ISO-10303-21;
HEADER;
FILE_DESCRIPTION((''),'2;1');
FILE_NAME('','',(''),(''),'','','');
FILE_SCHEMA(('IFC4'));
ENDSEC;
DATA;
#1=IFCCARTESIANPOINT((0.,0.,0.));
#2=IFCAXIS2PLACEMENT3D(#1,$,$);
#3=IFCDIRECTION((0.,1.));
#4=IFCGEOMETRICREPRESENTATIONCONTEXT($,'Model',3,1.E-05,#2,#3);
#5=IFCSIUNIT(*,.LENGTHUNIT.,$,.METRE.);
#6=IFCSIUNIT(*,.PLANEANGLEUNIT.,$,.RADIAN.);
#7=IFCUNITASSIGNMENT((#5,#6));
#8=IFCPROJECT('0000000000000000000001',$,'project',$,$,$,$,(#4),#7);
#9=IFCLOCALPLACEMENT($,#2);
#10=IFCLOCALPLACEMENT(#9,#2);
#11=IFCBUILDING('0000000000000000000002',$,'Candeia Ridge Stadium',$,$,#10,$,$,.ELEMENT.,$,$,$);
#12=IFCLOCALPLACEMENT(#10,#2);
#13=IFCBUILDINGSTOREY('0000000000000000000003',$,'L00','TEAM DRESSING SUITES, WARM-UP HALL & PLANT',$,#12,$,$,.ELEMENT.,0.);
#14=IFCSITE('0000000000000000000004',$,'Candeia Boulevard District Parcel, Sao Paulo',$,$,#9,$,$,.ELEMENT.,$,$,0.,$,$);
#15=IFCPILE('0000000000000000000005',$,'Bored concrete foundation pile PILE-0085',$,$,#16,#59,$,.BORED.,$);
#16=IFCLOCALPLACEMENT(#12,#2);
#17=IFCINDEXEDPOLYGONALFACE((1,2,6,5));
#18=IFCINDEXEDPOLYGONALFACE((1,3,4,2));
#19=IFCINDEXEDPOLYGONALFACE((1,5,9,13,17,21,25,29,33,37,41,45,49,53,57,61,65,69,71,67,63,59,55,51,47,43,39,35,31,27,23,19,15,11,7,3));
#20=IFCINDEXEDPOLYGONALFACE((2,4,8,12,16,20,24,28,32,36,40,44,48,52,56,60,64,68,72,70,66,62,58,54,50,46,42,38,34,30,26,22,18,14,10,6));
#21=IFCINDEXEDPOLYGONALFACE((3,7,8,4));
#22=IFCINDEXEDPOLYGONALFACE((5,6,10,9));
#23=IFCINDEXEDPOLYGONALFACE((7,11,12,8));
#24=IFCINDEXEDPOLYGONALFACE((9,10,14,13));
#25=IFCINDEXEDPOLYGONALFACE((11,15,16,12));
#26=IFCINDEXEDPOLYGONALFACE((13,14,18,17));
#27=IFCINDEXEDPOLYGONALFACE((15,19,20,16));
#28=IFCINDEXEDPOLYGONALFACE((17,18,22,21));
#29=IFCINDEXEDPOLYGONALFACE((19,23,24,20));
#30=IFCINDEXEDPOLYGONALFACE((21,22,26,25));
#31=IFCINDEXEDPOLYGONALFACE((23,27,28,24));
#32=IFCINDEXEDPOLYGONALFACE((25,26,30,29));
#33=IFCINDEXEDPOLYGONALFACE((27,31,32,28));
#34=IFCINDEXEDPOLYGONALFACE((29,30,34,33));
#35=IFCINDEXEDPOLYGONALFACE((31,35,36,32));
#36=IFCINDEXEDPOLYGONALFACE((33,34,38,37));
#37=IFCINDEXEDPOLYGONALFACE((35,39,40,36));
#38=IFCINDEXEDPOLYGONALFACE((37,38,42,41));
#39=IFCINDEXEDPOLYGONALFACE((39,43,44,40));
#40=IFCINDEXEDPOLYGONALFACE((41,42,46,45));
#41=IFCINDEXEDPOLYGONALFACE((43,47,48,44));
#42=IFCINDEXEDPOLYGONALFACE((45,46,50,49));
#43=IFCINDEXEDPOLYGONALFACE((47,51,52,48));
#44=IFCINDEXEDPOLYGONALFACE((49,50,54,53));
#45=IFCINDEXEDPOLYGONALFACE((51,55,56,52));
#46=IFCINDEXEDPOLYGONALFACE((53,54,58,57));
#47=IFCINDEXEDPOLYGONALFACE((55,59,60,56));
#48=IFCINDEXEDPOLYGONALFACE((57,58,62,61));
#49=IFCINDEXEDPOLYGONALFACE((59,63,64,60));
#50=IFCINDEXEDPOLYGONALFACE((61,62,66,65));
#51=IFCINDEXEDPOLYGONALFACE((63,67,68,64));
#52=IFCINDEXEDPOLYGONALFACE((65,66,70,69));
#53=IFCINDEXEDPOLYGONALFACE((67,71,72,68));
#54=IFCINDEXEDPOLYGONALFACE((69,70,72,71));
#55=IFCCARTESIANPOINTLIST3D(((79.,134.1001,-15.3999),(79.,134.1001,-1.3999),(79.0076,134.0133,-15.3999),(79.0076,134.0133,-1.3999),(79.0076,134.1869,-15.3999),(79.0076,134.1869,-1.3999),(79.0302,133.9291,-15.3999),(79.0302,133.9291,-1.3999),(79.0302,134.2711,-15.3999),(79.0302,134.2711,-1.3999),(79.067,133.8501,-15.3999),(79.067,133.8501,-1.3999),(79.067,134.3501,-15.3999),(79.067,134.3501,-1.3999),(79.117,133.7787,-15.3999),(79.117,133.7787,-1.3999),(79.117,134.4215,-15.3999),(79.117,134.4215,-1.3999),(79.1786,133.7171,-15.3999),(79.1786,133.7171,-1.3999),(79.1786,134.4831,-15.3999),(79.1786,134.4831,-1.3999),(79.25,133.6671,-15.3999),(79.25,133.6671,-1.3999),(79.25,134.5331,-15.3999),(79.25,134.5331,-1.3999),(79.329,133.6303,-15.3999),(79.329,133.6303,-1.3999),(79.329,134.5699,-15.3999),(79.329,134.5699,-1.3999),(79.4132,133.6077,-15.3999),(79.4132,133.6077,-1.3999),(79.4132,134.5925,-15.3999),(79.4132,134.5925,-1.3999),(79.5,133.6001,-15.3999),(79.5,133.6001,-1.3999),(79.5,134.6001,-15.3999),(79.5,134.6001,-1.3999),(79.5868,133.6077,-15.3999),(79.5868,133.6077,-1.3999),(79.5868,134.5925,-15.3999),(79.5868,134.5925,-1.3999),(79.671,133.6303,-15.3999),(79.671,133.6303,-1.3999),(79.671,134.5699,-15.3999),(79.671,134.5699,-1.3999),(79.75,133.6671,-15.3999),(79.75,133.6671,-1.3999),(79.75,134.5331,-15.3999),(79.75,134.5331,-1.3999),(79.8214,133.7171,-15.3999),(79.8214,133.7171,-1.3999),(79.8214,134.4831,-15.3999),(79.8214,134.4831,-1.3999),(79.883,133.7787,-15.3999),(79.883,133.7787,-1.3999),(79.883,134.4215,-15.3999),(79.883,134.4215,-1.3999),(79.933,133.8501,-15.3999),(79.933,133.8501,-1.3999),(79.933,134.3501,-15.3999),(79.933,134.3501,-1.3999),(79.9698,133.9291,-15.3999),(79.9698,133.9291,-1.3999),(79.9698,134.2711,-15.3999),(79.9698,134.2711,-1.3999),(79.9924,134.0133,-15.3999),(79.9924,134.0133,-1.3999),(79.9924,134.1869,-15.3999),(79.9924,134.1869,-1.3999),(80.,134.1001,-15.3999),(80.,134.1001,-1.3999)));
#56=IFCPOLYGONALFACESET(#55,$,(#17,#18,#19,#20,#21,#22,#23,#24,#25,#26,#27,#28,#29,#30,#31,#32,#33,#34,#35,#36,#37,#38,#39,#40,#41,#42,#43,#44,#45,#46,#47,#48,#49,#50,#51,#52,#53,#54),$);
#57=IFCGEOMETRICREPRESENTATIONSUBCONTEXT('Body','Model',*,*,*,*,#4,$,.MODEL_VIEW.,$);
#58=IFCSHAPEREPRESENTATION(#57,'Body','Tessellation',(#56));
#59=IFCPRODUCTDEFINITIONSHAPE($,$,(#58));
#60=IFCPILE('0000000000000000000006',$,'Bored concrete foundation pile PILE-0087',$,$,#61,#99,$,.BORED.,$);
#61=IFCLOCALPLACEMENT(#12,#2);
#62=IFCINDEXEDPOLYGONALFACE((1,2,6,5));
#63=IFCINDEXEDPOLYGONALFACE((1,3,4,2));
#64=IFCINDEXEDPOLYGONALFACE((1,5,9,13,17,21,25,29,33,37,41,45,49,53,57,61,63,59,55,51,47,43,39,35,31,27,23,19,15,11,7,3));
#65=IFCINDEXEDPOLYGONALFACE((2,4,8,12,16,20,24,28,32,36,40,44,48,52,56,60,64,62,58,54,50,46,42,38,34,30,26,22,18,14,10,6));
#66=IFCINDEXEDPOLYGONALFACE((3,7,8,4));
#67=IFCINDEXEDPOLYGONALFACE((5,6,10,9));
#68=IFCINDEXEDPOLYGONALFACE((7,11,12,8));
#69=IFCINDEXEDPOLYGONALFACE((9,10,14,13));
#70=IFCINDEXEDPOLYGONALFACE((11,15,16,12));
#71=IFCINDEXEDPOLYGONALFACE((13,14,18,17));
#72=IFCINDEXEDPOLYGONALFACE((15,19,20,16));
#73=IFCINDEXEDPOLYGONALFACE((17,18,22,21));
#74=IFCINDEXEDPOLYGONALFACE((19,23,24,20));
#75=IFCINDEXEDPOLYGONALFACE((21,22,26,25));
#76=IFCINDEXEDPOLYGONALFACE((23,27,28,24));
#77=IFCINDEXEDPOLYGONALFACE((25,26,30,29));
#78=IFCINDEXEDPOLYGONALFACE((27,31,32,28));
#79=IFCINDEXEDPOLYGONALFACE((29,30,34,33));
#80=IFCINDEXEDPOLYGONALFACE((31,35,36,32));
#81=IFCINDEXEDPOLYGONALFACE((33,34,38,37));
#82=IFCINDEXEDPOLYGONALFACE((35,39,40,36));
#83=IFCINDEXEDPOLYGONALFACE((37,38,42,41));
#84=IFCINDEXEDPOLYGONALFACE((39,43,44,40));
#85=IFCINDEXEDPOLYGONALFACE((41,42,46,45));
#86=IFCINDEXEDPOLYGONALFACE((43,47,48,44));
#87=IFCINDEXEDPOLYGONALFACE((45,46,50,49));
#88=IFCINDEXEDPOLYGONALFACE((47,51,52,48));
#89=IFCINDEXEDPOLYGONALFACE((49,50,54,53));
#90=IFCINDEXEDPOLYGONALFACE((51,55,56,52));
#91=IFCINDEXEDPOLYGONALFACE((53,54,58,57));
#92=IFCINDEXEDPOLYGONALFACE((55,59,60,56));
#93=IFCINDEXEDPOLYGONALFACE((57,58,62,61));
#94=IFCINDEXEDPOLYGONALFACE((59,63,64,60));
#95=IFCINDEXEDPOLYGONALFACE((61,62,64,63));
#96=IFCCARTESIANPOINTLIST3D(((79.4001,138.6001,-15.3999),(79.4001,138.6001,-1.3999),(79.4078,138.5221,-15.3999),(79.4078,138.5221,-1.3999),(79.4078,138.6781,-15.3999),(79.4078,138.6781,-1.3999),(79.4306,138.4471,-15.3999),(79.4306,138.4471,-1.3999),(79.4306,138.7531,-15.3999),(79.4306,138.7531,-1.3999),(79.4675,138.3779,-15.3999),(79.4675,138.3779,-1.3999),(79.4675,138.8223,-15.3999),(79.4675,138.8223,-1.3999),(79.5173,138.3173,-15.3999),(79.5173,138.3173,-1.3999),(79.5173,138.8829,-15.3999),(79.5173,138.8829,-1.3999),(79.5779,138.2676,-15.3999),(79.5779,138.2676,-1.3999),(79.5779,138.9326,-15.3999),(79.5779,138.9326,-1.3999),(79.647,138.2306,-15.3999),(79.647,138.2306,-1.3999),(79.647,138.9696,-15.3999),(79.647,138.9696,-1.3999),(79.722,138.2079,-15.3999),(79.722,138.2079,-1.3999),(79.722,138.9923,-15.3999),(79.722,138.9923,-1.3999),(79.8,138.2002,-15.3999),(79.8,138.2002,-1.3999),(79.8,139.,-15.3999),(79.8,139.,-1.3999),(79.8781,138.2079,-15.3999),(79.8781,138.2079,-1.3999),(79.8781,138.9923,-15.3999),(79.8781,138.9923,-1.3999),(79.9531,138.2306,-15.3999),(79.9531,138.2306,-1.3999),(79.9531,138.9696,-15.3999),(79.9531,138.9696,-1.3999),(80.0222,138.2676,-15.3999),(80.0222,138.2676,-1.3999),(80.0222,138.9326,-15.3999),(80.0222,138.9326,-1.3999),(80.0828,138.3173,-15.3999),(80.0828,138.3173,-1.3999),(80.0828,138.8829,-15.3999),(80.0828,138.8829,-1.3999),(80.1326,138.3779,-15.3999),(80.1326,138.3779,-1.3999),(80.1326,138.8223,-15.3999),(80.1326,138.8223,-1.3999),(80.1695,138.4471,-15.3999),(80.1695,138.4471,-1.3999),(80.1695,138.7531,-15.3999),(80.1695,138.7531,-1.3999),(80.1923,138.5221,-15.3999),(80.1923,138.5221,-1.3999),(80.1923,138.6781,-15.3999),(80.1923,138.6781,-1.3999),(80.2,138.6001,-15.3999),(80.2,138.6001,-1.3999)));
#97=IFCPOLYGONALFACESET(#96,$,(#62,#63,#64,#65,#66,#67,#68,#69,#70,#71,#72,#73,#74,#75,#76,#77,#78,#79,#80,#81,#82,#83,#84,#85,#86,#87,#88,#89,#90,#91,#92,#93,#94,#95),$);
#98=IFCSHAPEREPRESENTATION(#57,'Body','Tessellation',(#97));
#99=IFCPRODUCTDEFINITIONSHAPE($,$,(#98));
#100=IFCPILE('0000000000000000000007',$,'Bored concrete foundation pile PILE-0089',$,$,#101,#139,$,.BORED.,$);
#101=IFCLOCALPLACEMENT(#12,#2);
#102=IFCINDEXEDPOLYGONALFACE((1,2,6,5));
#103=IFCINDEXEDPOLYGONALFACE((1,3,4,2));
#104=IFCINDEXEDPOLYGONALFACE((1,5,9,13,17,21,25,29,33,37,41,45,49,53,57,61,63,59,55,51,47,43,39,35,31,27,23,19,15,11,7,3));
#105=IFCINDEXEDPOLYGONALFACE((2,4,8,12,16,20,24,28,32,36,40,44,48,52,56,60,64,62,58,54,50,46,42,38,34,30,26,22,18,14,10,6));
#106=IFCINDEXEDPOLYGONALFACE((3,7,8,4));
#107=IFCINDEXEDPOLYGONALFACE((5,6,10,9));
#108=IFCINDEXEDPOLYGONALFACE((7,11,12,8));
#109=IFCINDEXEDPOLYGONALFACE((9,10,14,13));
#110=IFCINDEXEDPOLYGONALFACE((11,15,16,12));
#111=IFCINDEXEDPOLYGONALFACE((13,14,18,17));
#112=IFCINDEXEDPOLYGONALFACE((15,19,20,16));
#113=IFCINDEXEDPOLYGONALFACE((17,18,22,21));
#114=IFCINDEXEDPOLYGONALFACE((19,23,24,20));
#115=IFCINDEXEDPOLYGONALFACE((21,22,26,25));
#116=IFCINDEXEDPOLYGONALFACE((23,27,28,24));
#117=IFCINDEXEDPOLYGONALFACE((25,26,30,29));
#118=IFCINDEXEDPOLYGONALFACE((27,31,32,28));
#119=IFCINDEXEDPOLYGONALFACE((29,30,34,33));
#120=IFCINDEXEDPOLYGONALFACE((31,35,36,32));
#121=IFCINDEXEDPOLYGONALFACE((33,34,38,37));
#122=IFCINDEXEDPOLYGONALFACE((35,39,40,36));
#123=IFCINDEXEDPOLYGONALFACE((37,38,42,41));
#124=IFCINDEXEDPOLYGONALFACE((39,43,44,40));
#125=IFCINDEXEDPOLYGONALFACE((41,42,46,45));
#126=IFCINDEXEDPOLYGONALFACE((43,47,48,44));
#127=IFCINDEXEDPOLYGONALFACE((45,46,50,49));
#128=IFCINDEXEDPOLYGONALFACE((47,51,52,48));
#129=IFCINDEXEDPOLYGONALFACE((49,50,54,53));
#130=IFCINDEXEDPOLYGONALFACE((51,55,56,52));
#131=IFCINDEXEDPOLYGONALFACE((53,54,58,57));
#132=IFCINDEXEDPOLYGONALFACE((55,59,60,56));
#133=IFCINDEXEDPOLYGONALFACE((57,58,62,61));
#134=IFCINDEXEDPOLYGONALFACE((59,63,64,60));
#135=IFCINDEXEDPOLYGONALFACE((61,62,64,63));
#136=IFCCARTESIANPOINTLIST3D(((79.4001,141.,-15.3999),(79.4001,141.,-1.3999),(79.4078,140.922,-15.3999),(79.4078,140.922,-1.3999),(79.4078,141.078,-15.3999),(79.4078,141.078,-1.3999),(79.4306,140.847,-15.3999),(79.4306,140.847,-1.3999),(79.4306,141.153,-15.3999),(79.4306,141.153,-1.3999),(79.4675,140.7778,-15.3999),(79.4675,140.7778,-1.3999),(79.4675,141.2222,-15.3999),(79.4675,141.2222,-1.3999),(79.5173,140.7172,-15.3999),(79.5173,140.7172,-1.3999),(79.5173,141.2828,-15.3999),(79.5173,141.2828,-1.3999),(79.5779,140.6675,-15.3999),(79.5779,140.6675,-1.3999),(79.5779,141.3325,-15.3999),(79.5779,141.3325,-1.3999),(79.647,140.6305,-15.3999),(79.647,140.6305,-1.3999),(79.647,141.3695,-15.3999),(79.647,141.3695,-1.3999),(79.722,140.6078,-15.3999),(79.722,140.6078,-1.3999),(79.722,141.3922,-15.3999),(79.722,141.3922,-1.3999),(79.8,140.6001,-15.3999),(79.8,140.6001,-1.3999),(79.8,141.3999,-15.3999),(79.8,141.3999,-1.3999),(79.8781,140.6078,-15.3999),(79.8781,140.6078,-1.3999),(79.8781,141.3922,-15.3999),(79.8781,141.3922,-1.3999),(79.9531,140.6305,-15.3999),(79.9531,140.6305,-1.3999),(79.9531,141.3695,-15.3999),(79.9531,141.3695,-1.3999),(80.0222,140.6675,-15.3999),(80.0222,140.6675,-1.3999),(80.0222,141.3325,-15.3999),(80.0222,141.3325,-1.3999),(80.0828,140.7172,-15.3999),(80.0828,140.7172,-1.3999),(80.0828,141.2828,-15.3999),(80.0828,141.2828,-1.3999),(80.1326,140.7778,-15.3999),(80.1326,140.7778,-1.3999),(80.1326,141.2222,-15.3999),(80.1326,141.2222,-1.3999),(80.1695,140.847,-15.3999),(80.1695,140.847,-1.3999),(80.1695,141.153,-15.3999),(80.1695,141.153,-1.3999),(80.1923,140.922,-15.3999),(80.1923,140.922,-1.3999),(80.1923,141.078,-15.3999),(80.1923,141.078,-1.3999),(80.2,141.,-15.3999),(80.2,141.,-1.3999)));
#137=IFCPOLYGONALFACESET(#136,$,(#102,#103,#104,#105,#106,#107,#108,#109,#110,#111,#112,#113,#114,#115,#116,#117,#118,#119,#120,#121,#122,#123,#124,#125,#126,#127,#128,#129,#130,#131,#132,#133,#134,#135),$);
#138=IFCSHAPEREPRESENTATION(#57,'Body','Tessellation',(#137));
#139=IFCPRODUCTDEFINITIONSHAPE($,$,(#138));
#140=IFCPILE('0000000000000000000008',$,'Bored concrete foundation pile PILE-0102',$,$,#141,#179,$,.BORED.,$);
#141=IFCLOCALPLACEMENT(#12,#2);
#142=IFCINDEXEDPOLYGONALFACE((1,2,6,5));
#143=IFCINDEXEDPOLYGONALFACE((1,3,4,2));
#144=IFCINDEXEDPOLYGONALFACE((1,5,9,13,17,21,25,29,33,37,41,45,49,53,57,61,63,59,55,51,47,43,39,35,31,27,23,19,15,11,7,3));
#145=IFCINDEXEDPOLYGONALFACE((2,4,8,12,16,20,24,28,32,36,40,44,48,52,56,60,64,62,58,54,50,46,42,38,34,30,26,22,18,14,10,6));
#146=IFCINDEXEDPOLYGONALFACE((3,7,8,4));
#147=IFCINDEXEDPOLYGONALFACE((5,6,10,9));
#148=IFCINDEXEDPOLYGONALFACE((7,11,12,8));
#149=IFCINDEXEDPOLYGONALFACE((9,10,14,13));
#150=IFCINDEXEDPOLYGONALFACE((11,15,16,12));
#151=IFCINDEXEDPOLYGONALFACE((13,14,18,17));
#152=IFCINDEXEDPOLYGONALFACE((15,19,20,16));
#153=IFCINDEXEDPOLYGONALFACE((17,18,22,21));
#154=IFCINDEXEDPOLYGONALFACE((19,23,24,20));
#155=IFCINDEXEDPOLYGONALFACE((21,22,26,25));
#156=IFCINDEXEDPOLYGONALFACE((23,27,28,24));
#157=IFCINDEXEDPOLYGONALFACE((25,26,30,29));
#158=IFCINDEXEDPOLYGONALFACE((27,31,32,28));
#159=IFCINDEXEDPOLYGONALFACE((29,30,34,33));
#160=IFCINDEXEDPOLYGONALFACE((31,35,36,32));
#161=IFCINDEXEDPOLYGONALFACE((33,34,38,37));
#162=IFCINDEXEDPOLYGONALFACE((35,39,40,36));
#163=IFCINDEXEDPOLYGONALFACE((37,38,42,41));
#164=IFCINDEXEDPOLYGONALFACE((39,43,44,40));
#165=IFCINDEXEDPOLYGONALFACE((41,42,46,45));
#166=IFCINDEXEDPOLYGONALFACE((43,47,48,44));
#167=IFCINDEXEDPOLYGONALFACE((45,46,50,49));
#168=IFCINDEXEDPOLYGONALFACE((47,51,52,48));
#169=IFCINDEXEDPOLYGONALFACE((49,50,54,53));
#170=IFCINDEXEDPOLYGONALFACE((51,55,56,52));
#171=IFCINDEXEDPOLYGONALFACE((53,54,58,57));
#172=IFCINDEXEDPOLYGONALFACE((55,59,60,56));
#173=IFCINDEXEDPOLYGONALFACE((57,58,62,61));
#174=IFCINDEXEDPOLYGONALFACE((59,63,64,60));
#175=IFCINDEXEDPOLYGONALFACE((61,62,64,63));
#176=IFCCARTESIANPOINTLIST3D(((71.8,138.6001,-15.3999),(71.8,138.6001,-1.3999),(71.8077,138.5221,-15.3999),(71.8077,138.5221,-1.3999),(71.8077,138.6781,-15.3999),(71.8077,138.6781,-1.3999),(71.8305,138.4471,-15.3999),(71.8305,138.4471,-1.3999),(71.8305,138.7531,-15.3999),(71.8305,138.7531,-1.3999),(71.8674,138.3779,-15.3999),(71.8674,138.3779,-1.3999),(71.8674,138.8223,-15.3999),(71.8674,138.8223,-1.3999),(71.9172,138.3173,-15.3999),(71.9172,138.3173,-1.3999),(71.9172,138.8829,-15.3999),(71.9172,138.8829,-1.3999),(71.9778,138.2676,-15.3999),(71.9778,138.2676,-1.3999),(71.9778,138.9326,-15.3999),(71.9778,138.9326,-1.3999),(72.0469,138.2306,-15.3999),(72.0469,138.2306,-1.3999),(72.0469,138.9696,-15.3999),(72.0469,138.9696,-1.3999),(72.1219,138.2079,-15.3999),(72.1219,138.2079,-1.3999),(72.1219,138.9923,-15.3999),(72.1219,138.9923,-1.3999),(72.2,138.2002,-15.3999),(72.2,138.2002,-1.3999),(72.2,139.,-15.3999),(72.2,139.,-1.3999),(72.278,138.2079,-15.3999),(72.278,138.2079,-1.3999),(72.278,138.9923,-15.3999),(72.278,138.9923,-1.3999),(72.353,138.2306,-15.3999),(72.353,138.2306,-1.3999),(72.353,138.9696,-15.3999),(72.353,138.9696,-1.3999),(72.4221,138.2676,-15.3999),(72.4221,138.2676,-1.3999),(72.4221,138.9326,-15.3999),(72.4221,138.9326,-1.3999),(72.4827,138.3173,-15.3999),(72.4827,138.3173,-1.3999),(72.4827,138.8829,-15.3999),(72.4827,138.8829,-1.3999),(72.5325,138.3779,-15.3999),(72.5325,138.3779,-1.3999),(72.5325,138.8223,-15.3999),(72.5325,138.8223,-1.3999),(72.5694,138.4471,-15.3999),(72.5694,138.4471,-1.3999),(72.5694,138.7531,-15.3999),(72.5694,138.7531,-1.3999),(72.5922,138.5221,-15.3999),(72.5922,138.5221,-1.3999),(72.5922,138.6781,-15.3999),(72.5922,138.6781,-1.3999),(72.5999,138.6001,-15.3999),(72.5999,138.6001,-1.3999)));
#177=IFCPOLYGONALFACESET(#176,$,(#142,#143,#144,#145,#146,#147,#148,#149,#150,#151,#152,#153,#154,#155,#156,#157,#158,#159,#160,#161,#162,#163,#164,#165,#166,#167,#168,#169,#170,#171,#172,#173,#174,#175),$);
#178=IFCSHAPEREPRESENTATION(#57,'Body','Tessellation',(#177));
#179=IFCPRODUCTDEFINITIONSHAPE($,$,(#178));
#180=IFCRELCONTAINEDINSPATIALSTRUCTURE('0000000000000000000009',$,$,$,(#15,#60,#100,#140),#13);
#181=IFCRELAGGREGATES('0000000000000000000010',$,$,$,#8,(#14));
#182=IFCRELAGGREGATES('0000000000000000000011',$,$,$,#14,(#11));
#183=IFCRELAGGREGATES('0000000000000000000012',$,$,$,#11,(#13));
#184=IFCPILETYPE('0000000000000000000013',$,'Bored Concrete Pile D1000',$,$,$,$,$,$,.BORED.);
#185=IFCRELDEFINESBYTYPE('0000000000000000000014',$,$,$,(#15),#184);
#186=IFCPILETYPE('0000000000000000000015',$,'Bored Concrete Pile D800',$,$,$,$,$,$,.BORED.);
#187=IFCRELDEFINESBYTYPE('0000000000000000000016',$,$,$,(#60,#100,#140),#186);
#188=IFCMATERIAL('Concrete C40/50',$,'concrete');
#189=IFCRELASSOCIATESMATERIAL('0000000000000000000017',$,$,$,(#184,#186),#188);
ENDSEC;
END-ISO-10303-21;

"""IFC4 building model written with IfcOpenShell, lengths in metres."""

from ifc_helpers import new_model, si_unit, direction, frame, origin, origin_2d, place, context, subcontext, project, spatial, circle, extrude, material, material_profile, profile_set, type_object, element, save


model = new_model("IFC4")

# Units and contexts
model_context = context("Model", 3, precision=1e-05, world=origin(), true_north=direction((0.0, 1.0)))
body_context = subcontext(model_context, "Body", "Model", "MODEL_VIEW")
ifc_project = project(units=[si_unit("LENGTHUNIT", "METRE"), si_unit("PLANEANGLEUNIT", "RADIAN")], contexts=[model_context])

# Site, building, storey
site_placement = place(None, origin())
site = spatial("IfcSite", under=ifc_project, at=site_placement, Name="Candeia Boulevard District Parcel, Sao Paulo", CompositionType="ELEMENT", RefElevation=0.0)
building_placement = place(site_placement, origin())
building = spatial("IfcBuilding", under=site, at=building_placement, Name="Candeia Ridge Stadium", CompositionType="ELEMENT")
storey_placement = place(building_placement, origin())
storey = spatial("IfcBuildingStorey", under=building, at=storey_placement, Name="L00", Description="TEAM DRESSING SUITES, WARM-UP HALL & PLANT", CompositionType="ELEMENT", Elevation=0.0)

# Piles
ifc_material_1 = material(Name="Concrete C40/50", Category="concrete")
ifc_material_profile_1 = material_profile(ifc_material_1, circle(Radius=0.5, at=origin_2d()), Name="PILE-D1000", Category="concrete")
ifc_profile_set_1 = profile_set([ifc_material_profile_1], Name="Concrete C40/50")
pile_type_1 = type_object("IfcPileType", Name="Bored Concrete Pile D1000", PredefinedType="BORED", material=ifc_profile_set_1)
pile_1_placement = place(storey_placement, frame((79.5, 134.1001, -1.3999), z_axis=(0.0, 0.0, -1.0), x_axis=(1.0, 0.0, 0.0)))
element("IfcPile", 1, at=pile_1_placement, inside=storey, type_object=pile_type_1, Name="Bored concrete foundation pile PILE-0085", PredefinedType="BORED", context=body_context, shape_type="SweptSolid", body=[
    extrude(circle(Radius=0.5, at=origin_2d()), origin(), (0.0, 0.0, 1.0), 14.0),
])
ifc_material_profile_2 = material_profile(ifc_material_1, circle(Radius=0.3999, at=origin_2d()), Name="PILE-D800", Category="concrete")
ifc_profile_set_2 = profile_set([ifc_material_profile_2], Name="Concrete C40/50")
pile_type_2 = type_object("IfcPileType", Name="Bored Concrete Pile D800", PredefinedType="BORED", material=ifc_profile_set_2)
for number, where, z_axis, x_axis, name in (
    (2, (79.8, 138.6001, -1.3999), (0.0, 0.0, -1.0), (1.0, 0.0, 0.0), "Bored concrete foundation pile PILE-0087"),
    (3, (79.8, 141.0, -1.3999), (0.0, 0.0, -1.0), (1.0, 0.0, 0.0), "Bored concrete foundation pile PILE-0089"),
    (4, (72.2, 138.6001, -1.3999), (0.0, 0.0, -1.0), (1.0, 0.0, 0.0), "Bored concrete foundation pile PILE-0102"),
):
    element("IfcPile", number, at=place(storey_placement, frame(where, z_axis=z_axis, x_axis=x_axis)), inside=storey, type_object=pile_type_2, Name=name, PredefinedType="BORED", context=body_context, shape_type="SweptSolid", body=[
        extrude(circle(Radius=0.3999, at=origin_2d()), origin(), (0.0, 0.0, 1.0), 14.0),
    ])

save(model, "model.ifc")
